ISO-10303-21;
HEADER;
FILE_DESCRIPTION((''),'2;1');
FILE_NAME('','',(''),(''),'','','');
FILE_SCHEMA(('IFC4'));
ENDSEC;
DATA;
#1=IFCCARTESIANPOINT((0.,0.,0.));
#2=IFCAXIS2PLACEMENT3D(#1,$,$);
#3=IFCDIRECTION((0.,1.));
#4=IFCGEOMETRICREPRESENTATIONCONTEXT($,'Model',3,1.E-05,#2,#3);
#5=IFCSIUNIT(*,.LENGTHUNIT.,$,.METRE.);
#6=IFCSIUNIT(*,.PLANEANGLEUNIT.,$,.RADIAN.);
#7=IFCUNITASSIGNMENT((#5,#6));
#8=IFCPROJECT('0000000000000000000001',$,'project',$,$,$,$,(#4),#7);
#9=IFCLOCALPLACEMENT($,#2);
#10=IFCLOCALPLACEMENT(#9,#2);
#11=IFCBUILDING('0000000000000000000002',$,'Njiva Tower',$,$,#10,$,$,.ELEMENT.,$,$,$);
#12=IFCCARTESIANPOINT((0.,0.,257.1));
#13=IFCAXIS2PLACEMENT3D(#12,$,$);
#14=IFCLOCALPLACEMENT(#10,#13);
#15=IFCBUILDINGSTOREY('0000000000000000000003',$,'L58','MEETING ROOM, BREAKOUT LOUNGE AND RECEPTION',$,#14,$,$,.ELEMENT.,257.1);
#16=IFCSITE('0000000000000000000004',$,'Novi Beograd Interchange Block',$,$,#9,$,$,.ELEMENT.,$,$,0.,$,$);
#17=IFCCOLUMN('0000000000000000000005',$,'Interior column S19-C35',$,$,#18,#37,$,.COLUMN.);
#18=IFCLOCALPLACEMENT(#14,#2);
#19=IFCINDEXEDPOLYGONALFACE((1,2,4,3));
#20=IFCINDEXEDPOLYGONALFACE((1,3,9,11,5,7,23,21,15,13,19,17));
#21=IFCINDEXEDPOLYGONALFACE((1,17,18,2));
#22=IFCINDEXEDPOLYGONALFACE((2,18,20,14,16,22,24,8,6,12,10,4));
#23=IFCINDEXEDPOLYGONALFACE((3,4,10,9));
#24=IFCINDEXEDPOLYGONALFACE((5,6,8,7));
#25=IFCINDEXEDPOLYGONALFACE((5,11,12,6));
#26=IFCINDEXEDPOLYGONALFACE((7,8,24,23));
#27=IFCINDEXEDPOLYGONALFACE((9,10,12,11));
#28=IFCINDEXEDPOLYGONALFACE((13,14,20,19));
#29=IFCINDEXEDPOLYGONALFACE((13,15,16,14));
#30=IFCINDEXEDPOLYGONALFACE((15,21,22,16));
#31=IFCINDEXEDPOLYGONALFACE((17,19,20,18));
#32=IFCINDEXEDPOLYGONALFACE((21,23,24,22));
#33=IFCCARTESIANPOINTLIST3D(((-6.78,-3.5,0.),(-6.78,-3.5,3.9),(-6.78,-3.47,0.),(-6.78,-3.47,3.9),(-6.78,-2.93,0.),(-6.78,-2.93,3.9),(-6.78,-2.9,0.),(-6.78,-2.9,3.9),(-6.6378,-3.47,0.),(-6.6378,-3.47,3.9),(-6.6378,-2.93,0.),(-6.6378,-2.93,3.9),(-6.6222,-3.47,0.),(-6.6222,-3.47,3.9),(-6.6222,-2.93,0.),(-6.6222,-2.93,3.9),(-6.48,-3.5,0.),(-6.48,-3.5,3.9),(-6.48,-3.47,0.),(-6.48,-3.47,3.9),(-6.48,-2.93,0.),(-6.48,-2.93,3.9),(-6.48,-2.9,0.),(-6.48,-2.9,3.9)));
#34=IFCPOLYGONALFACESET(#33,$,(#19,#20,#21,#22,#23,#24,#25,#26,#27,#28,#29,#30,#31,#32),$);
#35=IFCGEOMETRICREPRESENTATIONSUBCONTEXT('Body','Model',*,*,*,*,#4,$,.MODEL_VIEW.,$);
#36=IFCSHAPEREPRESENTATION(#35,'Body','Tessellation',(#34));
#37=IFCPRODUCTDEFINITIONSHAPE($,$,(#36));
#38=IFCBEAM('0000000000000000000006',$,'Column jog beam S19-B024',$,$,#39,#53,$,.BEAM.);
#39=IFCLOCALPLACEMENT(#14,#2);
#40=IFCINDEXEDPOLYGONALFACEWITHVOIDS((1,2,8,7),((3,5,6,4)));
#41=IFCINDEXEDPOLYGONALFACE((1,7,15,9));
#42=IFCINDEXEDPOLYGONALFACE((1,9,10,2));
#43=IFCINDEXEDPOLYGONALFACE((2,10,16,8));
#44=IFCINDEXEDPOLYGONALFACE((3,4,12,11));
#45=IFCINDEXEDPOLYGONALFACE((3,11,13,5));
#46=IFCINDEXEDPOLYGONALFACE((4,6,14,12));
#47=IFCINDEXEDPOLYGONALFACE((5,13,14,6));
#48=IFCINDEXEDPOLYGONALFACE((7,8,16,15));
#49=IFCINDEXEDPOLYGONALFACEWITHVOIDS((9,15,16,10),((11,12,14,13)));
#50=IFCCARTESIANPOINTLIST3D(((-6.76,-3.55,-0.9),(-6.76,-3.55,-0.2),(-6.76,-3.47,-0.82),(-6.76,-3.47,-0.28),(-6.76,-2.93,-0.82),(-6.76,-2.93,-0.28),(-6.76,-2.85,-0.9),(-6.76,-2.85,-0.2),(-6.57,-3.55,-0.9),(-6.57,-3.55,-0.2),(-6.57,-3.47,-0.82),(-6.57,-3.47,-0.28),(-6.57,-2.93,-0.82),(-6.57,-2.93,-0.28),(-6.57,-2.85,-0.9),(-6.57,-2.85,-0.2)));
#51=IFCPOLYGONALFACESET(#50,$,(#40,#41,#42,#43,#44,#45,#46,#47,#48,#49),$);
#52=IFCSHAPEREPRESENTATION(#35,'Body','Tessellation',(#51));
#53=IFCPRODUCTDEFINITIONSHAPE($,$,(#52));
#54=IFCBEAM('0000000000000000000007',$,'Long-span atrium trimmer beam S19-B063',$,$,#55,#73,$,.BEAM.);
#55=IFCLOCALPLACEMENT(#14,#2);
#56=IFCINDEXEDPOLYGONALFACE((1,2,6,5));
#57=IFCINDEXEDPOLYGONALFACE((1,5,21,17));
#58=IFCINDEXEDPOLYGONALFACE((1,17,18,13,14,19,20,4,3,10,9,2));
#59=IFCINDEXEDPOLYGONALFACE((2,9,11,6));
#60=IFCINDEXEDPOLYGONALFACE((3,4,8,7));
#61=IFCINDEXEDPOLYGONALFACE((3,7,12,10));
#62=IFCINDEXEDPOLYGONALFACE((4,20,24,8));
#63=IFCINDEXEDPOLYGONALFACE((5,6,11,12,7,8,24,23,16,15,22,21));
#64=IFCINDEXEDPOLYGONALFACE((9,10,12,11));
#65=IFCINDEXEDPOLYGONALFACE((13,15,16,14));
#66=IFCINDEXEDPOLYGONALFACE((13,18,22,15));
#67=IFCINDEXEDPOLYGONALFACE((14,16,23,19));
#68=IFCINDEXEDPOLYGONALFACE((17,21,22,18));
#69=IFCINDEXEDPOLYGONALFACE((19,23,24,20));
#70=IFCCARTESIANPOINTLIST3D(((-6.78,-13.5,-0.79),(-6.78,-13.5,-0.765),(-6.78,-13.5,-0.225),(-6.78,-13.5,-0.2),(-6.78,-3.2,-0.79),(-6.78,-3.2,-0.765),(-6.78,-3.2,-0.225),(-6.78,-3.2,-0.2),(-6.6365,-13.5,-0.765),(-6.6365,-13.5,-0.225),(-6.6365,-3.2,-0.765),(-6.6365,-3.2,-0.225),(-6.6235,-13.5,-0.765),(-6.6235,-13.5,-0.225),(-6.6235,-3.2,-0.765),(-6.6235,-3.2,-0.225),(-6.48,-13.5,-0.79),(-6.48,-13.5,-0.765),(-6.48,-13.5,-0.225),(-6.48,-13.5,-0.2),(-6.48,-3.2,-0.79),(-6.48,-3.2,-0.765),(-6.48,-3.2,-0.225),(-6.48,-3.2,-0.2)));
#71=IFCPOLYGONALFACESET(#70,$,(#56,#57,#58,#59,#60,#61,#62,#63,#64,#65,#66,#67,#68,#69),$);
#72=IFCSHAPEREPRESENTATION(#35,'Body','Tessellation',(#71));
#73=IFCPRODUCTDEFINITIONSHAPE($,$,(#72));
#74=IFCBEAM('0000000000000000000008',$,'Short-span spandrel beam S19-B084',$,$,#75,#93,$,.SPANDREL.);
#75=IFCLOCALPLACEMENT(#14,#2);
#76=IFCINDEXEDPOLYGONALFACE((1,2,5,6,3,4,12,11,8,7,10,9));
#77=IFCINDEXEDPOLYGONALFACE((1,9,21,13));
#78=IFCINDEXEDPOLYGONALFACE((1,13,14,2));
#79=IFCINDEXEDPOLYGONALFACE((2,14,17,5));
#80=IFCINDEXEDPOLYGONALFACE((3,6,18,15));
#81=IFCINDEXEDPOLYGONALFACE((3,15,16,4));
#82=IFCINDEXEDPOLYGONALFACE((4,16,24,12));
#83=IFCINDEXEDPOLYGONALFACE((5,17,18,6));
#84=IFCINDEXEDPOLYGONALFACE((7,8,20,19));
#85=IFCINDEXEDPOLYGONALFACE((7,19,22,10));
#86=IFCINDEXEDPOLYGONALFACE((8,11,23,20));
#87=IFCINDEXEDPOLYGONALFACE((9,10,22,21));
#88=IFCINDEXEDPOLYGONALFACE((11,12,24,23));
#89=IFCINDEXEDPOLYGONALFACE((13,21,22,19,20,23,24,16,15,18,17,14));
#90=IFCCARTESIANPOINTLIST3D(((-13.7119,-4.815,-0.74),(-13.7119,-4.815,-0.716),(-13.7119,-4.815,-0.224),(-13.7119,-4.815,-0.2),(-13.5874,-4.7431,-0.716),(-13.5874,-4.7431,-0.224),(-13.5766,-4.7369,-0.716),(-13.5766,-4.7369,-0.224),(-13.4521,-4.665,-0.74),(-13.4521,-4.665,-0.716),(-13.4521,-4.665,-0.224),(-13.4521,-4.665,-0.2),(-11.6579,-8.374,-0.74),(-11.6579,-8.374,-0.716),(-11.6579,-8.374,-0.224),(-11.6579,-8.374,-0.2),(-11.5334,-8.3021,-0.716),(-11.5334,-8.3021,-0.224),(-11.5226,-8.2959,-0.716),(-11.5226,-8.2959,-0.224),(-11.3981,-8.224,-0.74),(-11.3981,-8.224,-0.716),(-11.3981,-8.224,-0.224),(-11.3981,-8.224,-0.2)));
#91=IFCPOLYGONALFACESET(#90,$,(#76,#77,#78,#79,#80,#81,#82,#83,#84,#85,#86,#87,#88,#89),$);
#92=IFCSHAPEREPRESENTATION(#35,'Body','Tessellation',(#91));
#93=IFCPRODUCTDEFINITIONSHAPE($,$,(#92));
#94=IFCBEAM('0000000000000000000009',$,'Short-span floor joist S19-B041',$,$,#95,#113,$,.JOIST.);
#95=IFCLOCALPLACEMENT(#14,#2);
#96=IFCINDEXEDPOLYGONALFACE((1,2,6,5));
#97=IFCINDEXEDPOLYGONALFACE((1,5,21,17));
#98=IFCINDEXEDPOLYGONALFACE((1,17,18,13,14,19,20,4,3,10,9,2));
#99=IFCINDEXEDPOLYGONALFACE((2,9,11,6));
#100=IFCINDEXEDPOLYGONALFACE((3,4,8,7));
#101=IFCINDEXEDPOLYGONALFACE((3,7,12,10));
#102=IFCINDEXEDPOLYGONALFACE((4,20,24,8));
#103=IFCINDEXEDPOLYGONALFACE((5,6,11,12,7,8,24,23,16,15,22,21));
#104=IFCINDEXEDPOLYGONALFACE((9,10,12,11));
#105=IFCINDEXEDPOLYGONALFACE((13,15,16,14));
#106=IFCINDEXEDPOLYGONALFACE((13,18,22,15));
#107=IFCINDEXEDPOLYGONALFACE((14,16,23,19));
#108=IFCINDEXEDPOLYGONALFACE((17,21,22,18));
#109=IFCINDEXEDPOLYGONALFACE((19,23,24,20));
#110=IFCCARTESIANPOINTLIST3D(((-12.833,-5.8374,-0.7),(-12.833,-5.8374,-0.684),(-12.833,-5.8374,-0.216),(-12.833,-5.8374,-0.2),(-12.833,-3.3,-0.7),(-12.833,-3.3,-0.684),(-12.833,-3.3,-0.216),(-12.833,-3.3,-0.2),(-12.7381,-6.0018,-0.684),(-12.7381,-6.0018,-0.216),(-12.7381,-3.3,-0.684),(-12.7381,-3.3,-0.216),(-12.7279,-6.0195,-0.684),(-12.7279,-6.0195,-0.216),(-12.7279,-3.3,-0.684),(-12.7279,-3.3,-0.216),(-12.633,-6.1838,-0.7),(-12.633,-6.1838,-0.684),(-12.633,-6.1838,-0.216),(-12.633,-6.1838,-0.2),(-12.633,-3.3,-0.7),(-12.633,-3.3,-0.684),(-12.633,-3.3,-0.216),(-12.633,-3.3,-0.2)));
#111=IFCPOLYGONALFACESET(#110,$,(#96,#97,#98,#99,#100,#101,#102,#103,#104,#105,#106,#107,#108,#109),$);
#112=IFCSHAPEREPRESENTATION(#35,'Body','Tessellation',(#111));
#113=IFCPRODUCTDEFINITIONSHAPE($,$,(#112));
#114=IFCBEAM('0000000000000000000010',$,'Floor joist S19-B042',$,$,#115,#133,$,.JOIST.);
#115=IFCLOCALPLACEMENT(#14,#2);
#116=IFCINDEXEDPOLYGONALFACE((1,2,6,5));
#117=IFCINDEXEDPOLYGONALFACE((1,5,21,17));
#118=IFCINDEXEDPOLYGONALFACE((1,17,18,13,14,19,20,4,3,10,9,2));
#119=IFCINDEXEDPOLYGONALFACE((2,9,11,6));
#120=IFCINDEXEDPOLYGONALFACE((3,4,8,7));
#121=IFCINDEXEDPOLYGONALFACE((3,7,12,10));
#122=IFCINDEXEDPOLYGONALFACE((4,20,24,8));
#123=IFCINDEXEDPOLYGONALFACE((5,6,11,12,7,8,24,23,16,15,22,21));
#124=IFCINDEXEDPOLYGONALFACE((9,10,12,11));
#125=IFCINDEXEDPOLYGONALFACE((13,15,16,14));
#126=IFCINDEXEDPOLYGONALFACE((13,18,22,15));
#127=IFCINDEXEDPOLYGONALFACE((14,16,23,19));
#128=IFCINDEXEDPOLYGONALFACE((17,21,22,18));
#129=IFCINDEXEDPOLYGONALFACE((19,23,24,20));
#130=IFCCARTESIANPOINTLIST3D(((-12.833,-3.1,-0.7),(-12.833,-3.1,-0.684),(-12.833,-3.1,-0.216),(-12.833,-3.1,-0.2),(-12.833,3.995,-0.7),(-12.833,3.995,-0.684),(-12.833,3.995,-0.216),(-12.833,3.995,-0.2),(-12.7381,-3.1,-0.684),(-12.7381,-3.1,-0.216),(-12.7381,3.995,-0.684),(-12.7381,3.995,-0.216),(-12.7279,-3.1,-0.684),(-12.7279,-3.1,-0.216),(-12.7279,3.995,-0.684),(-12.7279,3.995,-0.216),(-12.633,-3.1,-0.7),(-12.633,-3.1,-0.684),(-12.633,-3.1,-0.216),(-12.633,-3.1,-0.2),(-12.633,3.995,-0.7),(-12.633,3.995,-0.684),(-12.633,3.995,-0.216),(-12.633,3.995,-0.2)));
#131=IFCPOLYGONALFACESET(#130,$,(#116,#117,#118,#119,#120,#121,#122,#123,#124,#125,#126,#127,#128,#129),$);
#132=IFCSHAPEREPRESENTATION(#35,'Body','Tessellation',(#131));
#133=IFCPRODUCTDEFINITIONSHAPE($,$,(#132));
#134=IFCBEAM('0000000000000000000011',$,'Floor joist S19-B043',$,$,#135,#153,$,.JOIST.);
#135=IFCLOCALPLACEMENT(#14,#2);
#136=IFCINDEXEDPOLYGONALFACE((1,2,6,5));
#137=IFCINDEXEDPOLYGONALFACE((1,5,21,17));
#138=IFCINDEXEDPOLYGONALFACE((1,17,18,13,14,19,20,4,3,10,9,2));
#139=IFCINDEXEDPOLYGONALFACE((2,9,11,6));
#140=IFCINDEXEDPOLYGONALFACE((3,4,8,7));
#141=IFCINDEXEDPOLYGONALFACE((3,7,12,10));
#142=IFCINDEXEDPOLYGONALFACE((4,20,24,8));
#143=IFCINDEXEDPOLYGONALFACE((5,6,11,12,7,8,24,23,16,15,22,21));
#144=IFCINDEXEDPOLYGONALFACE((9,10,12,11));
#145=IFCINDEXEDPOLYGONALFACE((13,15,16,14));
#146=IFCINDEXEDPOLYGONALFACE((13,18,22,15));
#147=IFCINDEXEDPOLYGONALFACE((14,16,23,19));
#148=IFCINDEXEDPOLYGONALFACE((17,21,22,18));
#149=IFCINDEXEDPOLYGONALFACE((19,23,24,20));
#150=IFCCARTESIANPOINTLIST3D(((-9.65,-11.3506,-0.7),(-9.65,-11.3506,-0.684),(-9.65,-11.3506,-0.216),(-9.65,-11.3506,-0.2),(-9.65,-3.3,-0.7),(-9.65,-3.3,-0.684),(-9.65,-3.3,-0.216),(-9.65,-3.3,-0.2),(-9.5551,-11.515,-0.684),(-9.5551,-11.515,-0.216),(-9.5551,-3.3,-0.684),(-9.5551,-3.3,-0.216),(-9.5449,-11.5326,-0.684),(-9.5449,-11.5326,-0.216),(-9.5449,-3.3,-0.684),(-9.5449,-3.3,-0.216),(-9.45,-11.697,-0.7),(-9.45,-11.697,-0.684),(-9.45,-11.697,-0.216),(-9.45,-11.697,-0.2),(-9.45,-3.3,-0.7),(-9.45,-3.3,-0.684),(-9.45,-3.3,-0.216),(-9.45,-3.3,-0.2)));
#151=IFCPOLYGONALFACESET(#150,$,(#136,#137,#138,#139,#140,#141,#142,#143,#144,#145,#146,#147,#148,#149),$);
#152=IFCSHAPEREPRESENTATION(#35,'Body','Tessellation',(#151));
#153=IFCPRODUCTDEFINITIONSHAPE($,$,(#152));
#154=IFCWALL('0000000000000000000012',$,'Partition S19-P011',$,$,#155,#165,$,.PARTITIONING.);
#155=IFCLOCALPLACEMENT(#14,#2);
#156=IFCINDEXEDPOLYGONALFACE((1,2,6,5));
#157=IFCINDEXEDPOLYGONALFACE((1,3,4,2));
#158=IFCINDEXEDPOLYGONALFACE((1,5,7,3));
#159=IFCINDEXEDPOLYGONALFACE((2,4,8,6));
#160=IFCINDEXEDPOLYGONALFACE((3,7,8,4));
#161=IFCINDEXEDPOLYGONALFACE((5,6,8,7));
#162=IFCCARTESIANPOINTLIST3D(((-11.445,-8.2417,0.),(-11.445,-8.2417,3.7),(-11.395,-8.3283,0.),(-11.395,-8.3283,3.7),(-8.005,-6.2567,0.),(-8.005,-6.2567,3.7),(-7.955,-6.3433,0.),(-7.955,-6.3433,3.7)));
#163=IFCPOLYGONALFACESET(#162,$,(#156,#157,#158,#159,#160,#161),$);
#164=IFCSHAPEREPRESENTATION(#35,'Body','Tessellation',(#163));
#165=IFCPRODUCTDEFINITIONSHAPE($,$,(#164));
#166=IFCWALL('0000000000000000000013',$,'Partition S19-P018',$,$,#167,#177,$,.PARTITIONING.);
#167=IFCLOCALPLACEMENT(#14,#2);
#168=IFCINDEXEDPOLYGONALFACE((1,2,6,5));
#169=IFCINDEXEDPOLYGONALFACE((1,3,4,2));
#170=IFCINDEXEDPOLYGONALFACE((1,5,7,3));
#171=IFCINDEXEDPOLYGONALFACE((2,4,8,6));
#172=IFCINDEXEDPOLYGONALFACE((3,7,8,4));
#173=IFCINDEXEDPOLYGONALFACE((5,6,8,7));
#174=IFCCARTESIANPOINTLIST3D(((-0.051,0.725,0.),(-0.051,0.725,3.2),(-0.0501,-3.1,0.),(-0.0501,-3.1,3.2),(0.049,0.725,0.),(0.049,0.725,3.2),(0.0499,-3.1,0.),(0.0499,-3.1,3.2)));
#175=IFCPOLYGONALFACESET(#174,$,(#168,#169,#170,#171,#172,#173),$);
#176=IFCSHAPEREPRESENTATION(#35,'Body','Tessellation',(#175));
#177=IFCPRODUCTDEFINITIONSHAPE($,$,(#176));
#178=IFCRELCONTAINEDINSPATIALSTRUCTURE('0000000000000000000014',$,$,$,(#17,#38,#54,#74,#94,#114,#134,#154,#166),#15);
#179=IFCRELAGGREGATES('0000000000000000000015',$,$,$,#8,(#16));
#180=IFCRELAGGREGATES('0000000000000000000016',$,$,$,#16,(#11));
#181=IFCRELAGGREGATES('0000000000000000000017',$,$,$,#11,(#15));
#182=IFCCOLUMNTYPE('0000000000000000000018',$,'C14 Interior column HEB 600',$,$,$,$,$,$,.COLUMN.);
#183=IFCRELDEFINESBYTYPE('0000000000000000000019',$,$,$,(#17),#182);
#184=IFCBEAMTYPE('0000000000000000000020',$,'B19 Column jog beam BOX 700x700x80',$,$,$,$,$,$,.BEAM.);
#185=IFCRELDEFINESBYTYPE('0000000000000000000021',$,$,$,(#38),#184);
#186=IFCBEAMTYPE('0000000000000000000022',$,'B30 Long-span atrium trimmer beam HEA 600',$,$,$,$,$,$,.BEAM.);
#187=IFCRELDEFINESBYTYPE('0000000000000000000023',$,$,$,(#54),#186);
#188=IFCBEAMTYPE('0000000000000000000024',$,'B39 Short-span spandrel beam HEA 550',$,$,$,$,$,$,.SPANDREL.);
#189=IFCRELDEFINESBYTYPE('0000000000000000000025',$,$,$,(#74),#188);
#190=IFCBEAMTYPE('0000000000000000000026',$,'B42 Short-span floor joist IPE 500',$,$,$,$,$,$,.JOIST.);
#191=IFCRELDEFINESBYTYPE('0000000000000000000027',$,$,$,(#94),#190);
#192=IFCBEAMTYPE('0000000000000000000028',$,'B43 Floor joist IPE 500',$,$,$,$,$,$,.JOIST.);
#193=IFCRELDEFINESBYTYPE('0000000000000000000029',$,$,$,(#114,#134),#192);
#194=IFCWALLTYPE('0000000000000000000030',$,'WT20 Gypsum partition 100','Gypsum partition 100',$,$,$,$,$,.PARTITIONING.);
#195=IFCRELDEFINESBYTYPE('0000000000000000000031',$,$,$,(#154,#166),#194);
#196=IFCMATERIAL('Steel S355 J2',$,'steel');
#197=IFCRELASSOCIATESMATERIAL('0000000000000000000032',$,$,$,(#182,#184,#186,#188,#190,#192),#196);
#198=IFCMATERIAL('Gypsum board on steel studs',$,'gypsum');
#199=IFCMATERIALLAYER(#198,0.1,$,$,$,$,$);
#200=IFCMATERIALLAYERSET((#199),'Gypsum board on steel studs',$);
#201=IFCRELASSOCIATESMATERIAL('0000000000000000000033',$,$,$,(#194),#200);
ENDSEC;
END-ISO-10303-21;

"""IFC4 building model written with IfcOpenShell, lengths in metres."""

from ifc_helpers import new_model, si_unit, direction, frame, frame_2d, origin, origin_2d, place, context, subcontext, project, spatial, rectangle, hollow_rectangle, i_section, extrude, clip, halfspace, material, layer, layer_set, material_profile, profile_set, type_object, element, save


model = new_model("IFC4")

# Units and contexts
model_context = context("Model", 3, precision=1e-05, world=origin(), true_north=direction((0.0, 1.0)))
body_context = subcontext(model_context, "Body", "Model", "MODEL_VIEW")
ifc_project = project(units=[si_unit("LENGTHUNIT", "METRE"), si_unit("PLANEANGLEUNIT", "RADIAN")], contexts=[model_context])

# Site, building, storey
site_placement = place(None, origin())
site = spatial("IfcSite", under=ifc_project, at=site_placement, Name="Novi Beograd Interchange Block", CompositionType="ELEMENT", RefElevation=0.0)
building_placement = place(site_placement, origin())
building = spatial("IfcBuilding", under=site, at=building_placement, Name="Njiva Tower", CompositionType="ELEMENT")
storey_placement = place(building_placement, frame((0.0, 0.0, 257.1)))
storey = spatial("IfcBuildingStorey", under=building, at=storey_placement, Name="L58", Description="MEETING ROOM, BREAKOUT LOUNGE AND RECEPTION", CompositionType="ELEMENT", Elevation=257.1)

# Column
ifc_material_1 = material(Name="Steel S355 J2", Category="steel")
ifc_material_profile_1 = material_profile(ifc_material_1, i_section(OverallWidth=0.3, OverallDepth=0.6, WebThickness=0.0155, FlangeThickness=0.03, at=origin_2d()), Name="HEB 600")
ifc_profile_set_1 = profile_set([ifc_material_profile_1], Name="Steel S355 J2")
column_type = type_object("IfcColumnType", Name="C14 Interior column HEB 600", PredefinedType="COLUMN", material=ifc_profile_set_1)
column_placement = place(storey_placement, frame((-6.63, -3.2, 0.0), z_axis=(0.0, 0.0, 1.0), x_axis=(1.0, 0.0, 0.0)))
element("IfcColumn", 1, at=column_placement, inside=storey, type_object=column_type, Name="Interior column S19-C35", PredefinedType="COLUMN", context=body_context, shape_type="SweptSolid", body=[
    extrude(i_section(OverallWidth=0.3, OverallDepth=0.6, WebThickness=0.0155, FlangeThickness=0.03, at=origin_2d()), origin(), (0.0, 0.0, 1.0), 3.9),
])

# Beams
ifc_material_profile_2 = material_profile(ifc_material_1, hollow_rectangle(XDim=0.7, YDim=0.7, WallThickness=0.08, at=origin_2d()), Name="BOX 700x700x80")
ifc_profile_set_2 = profile_set([ifc_material_profile_2], Name="Steel S355 J2")
beam_type_1 = type_object("IfcBeamType", Name="B19 Column jog beam BOX 700x700x80", PredefinedType="BEAM", material=ifc_profile_set_2)
beam_1_placement = place(storey_placement, frame((-6.76, -3.2, -0.55), z_axis=(1.0, 0.0, 0.0), x_axis=(0.0, 1.0, 0.0)))
element("IfcBeam", 2, at=beam_1_placement, inside=storey, type_object=beam_type_1, Name="Column jog beam S19-B024", PredefinedType="BEAM", context=body_context, shape_type="SweptSolid", body=[
    extrude(hollow_rectangle(XDim=0.7, YDim=0.7, WallThickness=0.08, at=origin_2d()), origin(), (0.0, 0.0, 1.0), 0.19),
])
ifc_material_profile_3 = material_profile(ifc_material_1, i_section(OverallWidth=0.3, OverallDepth=0.59, WebThickness=0.013, FlangeThickness=0.025, at=origin_2d()), Name="HEA 600")
ifc_profile_set_3 = profile_set([ifc_material_profile_3], Name="Steel S355 J2")
beam_type_2 = type_object("IfcBeamType", Name="B30 Long-span atrium trimmer beam HEA 600", PredefinedType="BEAM", material=ifc_profile_set_3)
beam_2_placement = place(storey_placement, frame((-6.63, -3.2, -0.495), z_axis=(0.0, -1.0, 0.0), x_axis=(1.0, 0.0, 0.0)))
element("IfcBeam", 3, at=beam_2_placement, inside=storey, type_object=beam_type_2, Name="Long-span atrium trimmer beam S19-B063", PredefinedType="BEAM", context=body_context, shape_type="SweptSolid", body=[
    extrude(i_section(OverallWidth=0.3, OverallDepth=0.59, WebThickness=0.013, FlangeThickness=0.025, at=origin_2d()), origin(), (0.0, 0.0, 1.0), 10.3),
])
ifc_material_profile_4 = material_profile(ifc_material_1, i_section(OverallWidth=0.3, OverallDepth=0.54, WebThickness=0.0125, FlangeThickness=0.024, at=origin_2d()), Name="HEA 550")
ifc_profile_set_4 = profile_set([ifc_material_profile_4], Name="Steel S355 J2")
beam_type_3 = type_object("IfcBeamType", Name="B39 Short-span spandrel beam HEA 550", PredefinedType="SPANDREL", material=ifc_profile_set_4)
beam_3_placement = place(storey_placement, frame((-13.582, -4.74, -0.47), z_axis=(0.499856, -0.866109, 0.0), x_axis=(0.866109, 0.499856, 0.0)))
element("IfcBeam", 4, at=beam_3_placement, inside=storey, type_object=beam_type_3, Name="Short-span spandrel beam S19-B084", PredefinedType="SPANDREL", context=body_context, shape_type="SweptSolid", body=[
    extrude(i_section(OverallWidth=0.3, OverallDepth=0.54, WebThickness=0.0125, FlangeThickness=0.024, at=origin_2d()), origin(), (0.0, 0.0, 1.0), 4.1092),
])
ifc_material_profile_5 = material_profile(ifc_material_1, i_section(OverallWidth=0.2, OverallDepth=0.5, WebThickness=0.0102, FlangeThickness=0.016, at=origin_2d()), Name="IPE 500")
ifc_profile_set_5 = profile_set([ifc_material_profile_5], Name="Steel S355 J2")
beam_type_4 = type_object("IfcBeamType", Name="B42 Short-span floor joist IPE 500", PredefinedType="JOIST", material=ifc_profile_set_5)
beam_4_placement = place(storey_placement, frame((-12.733, -3.3, -0.45), z_axis=(0.0, -1.0, 0.0), x_axis=(1.0, 0.0, 0.0)))
element("IfcBeam", 5, at=beam_4_placement, inside=storey, type_object=beam_type_4, Name="Short-span floor joist S19-B041", PredefinedType="JOIST", context=body_context, shape_type="Clipping", body=[
    clip(extrude(i_section(OverallWidth=0.2, OverallDepth=0.5, WebThickness=0.0102, FlangeThickness=0.016, at=origin_2d()), origin(), (0.0, 0.0, 1.0), 2.903), halfspace(frame((-0.0436, 0.0, 2.6351), z_axis=(-0.866027, 0.0, 0.499998), x_axis=(0.0, 1.0, 0.0)), False)),
])
ifc_material_profile_6 = material_profile(ifc_material_1, i_section(OverallWidth=0.2, OverallDepth=0.5, WebThickness=0.0102, FlangeThickness=0.016, at=origin_2d()), Name="IPE 500")
ifc_profile_set_6 = profile_set([ifc_material_profile_6], Name="Steel S355 J2")
beam_type_5 = type_object("IfcBeamType", Name="B43 Floor joist IPE 500", PredefinedType="JOIST", material=ifc_profile_set_6)
beam_5_placement = place(storey_placement, frame((-12.733, 3.995, -0.45), z_axis=(0.0, -1.0, 0.0), x_axis=(1.0, 0.0, 0.0)))
element("IfcBeam", 6, at=beam_5_placement, inside=storey, type_object=beam_type_5, Name="Floor joist S19-B042", PredefinedType="JOIST", context=body_context, shape_type="SweptSolid", body=[
    extrude(i_section(OverallWidth=0.2, OverallDepth=0.5, WebThickness=0.0102, FlangeThickness=0.016, at=origin_2d()), origin(), (0.0, 0.0, 1.0), 7.095),
])
beam_6_placement = place(storey_placement, frame((-9.55, -3.3, -0.45), z_axis=(0.0, -1.0, 0.0), x_axis=(1.0, 0.0, 0.0)))
element("IfcBeam", 7, at=beam_6_placement, inside=storey, type_object=beam_type_5, Name="Floor joist S19-B043", PredefinedType="JOIST", context=body_context, shape_type="Clipping", body=[
    clip(extrude(i_section(OverallWidth=0.2, OverallDepth=0.5, WebThickness=0.0102, FlangeThickness=0.016, at=origin_2d()), origin(), (0.0, 0.0, 1.0), 8.417), halfspace(frame((-0.0433, 0.0, 8.1488), z_axis=(-0.866027, 0.0, 0.499998), x_axis=(0.0, 1.0, 0.0)), False)),
])

# Walls
ifc_material_2 = material(Name="Gypsum board on steel studs", Category="gypsum")
ifc_layer_1 = layer(ifc_material_2, 0.1)
ifc_layer_set_1 = layer_set([ifc_layer_1], Name="Gypsum board on steel studs")
wall_type_1 = type_object("IfcWallType", Name="WT20 Gypsum partition 100", Description="Gypsum partition 100", PredefinedType="PARTITIONING", material=ifc_layer_set_1)
wall_1_placement = place(storey_placement, frame((-11.42, -8.285, 0.0), z_axis=(0.0, 0.0, 1.0), x_axis=(0.866144, 0.499795, 0.0)))
element("IfcWall", 8, at=wall_1_placement, inside=storey, type_object=wall_type_1, Name="Partition S19-P011", PredefinedType="PARTITIONING", context=body_context, shape_type="SweptSolid", body=[
    extrude(rectangle(XDim=3.9716, YDim=0.1, at=frame_2d((1.9858, 0.0))), origin(), (0.0, 0.0, 1.0), 3.7),
])
wall_2_placement = place(storey_placement, frame((-0.001, 0.725, 0.0), z_axis=(0.0, 0.0, 1.0), x_axis=(0.000235, -1.0, 0.0)))
element("IfcWall", 9, at=wall_2_placement, inside=storey, type_object=wall_type_1, Name="Partition S19-P018", PredefinedType="PARTITIONING", context=body_context, shape_type="SweptSolid", body=[
    extrude(rectangle(XDim=3.825, YDim=0.1, at=frame_2d((1.9125, 0.0))), origin(), (0.0, 0.0, 1.0), 3.2),
])

save(model, "model.ifc")
